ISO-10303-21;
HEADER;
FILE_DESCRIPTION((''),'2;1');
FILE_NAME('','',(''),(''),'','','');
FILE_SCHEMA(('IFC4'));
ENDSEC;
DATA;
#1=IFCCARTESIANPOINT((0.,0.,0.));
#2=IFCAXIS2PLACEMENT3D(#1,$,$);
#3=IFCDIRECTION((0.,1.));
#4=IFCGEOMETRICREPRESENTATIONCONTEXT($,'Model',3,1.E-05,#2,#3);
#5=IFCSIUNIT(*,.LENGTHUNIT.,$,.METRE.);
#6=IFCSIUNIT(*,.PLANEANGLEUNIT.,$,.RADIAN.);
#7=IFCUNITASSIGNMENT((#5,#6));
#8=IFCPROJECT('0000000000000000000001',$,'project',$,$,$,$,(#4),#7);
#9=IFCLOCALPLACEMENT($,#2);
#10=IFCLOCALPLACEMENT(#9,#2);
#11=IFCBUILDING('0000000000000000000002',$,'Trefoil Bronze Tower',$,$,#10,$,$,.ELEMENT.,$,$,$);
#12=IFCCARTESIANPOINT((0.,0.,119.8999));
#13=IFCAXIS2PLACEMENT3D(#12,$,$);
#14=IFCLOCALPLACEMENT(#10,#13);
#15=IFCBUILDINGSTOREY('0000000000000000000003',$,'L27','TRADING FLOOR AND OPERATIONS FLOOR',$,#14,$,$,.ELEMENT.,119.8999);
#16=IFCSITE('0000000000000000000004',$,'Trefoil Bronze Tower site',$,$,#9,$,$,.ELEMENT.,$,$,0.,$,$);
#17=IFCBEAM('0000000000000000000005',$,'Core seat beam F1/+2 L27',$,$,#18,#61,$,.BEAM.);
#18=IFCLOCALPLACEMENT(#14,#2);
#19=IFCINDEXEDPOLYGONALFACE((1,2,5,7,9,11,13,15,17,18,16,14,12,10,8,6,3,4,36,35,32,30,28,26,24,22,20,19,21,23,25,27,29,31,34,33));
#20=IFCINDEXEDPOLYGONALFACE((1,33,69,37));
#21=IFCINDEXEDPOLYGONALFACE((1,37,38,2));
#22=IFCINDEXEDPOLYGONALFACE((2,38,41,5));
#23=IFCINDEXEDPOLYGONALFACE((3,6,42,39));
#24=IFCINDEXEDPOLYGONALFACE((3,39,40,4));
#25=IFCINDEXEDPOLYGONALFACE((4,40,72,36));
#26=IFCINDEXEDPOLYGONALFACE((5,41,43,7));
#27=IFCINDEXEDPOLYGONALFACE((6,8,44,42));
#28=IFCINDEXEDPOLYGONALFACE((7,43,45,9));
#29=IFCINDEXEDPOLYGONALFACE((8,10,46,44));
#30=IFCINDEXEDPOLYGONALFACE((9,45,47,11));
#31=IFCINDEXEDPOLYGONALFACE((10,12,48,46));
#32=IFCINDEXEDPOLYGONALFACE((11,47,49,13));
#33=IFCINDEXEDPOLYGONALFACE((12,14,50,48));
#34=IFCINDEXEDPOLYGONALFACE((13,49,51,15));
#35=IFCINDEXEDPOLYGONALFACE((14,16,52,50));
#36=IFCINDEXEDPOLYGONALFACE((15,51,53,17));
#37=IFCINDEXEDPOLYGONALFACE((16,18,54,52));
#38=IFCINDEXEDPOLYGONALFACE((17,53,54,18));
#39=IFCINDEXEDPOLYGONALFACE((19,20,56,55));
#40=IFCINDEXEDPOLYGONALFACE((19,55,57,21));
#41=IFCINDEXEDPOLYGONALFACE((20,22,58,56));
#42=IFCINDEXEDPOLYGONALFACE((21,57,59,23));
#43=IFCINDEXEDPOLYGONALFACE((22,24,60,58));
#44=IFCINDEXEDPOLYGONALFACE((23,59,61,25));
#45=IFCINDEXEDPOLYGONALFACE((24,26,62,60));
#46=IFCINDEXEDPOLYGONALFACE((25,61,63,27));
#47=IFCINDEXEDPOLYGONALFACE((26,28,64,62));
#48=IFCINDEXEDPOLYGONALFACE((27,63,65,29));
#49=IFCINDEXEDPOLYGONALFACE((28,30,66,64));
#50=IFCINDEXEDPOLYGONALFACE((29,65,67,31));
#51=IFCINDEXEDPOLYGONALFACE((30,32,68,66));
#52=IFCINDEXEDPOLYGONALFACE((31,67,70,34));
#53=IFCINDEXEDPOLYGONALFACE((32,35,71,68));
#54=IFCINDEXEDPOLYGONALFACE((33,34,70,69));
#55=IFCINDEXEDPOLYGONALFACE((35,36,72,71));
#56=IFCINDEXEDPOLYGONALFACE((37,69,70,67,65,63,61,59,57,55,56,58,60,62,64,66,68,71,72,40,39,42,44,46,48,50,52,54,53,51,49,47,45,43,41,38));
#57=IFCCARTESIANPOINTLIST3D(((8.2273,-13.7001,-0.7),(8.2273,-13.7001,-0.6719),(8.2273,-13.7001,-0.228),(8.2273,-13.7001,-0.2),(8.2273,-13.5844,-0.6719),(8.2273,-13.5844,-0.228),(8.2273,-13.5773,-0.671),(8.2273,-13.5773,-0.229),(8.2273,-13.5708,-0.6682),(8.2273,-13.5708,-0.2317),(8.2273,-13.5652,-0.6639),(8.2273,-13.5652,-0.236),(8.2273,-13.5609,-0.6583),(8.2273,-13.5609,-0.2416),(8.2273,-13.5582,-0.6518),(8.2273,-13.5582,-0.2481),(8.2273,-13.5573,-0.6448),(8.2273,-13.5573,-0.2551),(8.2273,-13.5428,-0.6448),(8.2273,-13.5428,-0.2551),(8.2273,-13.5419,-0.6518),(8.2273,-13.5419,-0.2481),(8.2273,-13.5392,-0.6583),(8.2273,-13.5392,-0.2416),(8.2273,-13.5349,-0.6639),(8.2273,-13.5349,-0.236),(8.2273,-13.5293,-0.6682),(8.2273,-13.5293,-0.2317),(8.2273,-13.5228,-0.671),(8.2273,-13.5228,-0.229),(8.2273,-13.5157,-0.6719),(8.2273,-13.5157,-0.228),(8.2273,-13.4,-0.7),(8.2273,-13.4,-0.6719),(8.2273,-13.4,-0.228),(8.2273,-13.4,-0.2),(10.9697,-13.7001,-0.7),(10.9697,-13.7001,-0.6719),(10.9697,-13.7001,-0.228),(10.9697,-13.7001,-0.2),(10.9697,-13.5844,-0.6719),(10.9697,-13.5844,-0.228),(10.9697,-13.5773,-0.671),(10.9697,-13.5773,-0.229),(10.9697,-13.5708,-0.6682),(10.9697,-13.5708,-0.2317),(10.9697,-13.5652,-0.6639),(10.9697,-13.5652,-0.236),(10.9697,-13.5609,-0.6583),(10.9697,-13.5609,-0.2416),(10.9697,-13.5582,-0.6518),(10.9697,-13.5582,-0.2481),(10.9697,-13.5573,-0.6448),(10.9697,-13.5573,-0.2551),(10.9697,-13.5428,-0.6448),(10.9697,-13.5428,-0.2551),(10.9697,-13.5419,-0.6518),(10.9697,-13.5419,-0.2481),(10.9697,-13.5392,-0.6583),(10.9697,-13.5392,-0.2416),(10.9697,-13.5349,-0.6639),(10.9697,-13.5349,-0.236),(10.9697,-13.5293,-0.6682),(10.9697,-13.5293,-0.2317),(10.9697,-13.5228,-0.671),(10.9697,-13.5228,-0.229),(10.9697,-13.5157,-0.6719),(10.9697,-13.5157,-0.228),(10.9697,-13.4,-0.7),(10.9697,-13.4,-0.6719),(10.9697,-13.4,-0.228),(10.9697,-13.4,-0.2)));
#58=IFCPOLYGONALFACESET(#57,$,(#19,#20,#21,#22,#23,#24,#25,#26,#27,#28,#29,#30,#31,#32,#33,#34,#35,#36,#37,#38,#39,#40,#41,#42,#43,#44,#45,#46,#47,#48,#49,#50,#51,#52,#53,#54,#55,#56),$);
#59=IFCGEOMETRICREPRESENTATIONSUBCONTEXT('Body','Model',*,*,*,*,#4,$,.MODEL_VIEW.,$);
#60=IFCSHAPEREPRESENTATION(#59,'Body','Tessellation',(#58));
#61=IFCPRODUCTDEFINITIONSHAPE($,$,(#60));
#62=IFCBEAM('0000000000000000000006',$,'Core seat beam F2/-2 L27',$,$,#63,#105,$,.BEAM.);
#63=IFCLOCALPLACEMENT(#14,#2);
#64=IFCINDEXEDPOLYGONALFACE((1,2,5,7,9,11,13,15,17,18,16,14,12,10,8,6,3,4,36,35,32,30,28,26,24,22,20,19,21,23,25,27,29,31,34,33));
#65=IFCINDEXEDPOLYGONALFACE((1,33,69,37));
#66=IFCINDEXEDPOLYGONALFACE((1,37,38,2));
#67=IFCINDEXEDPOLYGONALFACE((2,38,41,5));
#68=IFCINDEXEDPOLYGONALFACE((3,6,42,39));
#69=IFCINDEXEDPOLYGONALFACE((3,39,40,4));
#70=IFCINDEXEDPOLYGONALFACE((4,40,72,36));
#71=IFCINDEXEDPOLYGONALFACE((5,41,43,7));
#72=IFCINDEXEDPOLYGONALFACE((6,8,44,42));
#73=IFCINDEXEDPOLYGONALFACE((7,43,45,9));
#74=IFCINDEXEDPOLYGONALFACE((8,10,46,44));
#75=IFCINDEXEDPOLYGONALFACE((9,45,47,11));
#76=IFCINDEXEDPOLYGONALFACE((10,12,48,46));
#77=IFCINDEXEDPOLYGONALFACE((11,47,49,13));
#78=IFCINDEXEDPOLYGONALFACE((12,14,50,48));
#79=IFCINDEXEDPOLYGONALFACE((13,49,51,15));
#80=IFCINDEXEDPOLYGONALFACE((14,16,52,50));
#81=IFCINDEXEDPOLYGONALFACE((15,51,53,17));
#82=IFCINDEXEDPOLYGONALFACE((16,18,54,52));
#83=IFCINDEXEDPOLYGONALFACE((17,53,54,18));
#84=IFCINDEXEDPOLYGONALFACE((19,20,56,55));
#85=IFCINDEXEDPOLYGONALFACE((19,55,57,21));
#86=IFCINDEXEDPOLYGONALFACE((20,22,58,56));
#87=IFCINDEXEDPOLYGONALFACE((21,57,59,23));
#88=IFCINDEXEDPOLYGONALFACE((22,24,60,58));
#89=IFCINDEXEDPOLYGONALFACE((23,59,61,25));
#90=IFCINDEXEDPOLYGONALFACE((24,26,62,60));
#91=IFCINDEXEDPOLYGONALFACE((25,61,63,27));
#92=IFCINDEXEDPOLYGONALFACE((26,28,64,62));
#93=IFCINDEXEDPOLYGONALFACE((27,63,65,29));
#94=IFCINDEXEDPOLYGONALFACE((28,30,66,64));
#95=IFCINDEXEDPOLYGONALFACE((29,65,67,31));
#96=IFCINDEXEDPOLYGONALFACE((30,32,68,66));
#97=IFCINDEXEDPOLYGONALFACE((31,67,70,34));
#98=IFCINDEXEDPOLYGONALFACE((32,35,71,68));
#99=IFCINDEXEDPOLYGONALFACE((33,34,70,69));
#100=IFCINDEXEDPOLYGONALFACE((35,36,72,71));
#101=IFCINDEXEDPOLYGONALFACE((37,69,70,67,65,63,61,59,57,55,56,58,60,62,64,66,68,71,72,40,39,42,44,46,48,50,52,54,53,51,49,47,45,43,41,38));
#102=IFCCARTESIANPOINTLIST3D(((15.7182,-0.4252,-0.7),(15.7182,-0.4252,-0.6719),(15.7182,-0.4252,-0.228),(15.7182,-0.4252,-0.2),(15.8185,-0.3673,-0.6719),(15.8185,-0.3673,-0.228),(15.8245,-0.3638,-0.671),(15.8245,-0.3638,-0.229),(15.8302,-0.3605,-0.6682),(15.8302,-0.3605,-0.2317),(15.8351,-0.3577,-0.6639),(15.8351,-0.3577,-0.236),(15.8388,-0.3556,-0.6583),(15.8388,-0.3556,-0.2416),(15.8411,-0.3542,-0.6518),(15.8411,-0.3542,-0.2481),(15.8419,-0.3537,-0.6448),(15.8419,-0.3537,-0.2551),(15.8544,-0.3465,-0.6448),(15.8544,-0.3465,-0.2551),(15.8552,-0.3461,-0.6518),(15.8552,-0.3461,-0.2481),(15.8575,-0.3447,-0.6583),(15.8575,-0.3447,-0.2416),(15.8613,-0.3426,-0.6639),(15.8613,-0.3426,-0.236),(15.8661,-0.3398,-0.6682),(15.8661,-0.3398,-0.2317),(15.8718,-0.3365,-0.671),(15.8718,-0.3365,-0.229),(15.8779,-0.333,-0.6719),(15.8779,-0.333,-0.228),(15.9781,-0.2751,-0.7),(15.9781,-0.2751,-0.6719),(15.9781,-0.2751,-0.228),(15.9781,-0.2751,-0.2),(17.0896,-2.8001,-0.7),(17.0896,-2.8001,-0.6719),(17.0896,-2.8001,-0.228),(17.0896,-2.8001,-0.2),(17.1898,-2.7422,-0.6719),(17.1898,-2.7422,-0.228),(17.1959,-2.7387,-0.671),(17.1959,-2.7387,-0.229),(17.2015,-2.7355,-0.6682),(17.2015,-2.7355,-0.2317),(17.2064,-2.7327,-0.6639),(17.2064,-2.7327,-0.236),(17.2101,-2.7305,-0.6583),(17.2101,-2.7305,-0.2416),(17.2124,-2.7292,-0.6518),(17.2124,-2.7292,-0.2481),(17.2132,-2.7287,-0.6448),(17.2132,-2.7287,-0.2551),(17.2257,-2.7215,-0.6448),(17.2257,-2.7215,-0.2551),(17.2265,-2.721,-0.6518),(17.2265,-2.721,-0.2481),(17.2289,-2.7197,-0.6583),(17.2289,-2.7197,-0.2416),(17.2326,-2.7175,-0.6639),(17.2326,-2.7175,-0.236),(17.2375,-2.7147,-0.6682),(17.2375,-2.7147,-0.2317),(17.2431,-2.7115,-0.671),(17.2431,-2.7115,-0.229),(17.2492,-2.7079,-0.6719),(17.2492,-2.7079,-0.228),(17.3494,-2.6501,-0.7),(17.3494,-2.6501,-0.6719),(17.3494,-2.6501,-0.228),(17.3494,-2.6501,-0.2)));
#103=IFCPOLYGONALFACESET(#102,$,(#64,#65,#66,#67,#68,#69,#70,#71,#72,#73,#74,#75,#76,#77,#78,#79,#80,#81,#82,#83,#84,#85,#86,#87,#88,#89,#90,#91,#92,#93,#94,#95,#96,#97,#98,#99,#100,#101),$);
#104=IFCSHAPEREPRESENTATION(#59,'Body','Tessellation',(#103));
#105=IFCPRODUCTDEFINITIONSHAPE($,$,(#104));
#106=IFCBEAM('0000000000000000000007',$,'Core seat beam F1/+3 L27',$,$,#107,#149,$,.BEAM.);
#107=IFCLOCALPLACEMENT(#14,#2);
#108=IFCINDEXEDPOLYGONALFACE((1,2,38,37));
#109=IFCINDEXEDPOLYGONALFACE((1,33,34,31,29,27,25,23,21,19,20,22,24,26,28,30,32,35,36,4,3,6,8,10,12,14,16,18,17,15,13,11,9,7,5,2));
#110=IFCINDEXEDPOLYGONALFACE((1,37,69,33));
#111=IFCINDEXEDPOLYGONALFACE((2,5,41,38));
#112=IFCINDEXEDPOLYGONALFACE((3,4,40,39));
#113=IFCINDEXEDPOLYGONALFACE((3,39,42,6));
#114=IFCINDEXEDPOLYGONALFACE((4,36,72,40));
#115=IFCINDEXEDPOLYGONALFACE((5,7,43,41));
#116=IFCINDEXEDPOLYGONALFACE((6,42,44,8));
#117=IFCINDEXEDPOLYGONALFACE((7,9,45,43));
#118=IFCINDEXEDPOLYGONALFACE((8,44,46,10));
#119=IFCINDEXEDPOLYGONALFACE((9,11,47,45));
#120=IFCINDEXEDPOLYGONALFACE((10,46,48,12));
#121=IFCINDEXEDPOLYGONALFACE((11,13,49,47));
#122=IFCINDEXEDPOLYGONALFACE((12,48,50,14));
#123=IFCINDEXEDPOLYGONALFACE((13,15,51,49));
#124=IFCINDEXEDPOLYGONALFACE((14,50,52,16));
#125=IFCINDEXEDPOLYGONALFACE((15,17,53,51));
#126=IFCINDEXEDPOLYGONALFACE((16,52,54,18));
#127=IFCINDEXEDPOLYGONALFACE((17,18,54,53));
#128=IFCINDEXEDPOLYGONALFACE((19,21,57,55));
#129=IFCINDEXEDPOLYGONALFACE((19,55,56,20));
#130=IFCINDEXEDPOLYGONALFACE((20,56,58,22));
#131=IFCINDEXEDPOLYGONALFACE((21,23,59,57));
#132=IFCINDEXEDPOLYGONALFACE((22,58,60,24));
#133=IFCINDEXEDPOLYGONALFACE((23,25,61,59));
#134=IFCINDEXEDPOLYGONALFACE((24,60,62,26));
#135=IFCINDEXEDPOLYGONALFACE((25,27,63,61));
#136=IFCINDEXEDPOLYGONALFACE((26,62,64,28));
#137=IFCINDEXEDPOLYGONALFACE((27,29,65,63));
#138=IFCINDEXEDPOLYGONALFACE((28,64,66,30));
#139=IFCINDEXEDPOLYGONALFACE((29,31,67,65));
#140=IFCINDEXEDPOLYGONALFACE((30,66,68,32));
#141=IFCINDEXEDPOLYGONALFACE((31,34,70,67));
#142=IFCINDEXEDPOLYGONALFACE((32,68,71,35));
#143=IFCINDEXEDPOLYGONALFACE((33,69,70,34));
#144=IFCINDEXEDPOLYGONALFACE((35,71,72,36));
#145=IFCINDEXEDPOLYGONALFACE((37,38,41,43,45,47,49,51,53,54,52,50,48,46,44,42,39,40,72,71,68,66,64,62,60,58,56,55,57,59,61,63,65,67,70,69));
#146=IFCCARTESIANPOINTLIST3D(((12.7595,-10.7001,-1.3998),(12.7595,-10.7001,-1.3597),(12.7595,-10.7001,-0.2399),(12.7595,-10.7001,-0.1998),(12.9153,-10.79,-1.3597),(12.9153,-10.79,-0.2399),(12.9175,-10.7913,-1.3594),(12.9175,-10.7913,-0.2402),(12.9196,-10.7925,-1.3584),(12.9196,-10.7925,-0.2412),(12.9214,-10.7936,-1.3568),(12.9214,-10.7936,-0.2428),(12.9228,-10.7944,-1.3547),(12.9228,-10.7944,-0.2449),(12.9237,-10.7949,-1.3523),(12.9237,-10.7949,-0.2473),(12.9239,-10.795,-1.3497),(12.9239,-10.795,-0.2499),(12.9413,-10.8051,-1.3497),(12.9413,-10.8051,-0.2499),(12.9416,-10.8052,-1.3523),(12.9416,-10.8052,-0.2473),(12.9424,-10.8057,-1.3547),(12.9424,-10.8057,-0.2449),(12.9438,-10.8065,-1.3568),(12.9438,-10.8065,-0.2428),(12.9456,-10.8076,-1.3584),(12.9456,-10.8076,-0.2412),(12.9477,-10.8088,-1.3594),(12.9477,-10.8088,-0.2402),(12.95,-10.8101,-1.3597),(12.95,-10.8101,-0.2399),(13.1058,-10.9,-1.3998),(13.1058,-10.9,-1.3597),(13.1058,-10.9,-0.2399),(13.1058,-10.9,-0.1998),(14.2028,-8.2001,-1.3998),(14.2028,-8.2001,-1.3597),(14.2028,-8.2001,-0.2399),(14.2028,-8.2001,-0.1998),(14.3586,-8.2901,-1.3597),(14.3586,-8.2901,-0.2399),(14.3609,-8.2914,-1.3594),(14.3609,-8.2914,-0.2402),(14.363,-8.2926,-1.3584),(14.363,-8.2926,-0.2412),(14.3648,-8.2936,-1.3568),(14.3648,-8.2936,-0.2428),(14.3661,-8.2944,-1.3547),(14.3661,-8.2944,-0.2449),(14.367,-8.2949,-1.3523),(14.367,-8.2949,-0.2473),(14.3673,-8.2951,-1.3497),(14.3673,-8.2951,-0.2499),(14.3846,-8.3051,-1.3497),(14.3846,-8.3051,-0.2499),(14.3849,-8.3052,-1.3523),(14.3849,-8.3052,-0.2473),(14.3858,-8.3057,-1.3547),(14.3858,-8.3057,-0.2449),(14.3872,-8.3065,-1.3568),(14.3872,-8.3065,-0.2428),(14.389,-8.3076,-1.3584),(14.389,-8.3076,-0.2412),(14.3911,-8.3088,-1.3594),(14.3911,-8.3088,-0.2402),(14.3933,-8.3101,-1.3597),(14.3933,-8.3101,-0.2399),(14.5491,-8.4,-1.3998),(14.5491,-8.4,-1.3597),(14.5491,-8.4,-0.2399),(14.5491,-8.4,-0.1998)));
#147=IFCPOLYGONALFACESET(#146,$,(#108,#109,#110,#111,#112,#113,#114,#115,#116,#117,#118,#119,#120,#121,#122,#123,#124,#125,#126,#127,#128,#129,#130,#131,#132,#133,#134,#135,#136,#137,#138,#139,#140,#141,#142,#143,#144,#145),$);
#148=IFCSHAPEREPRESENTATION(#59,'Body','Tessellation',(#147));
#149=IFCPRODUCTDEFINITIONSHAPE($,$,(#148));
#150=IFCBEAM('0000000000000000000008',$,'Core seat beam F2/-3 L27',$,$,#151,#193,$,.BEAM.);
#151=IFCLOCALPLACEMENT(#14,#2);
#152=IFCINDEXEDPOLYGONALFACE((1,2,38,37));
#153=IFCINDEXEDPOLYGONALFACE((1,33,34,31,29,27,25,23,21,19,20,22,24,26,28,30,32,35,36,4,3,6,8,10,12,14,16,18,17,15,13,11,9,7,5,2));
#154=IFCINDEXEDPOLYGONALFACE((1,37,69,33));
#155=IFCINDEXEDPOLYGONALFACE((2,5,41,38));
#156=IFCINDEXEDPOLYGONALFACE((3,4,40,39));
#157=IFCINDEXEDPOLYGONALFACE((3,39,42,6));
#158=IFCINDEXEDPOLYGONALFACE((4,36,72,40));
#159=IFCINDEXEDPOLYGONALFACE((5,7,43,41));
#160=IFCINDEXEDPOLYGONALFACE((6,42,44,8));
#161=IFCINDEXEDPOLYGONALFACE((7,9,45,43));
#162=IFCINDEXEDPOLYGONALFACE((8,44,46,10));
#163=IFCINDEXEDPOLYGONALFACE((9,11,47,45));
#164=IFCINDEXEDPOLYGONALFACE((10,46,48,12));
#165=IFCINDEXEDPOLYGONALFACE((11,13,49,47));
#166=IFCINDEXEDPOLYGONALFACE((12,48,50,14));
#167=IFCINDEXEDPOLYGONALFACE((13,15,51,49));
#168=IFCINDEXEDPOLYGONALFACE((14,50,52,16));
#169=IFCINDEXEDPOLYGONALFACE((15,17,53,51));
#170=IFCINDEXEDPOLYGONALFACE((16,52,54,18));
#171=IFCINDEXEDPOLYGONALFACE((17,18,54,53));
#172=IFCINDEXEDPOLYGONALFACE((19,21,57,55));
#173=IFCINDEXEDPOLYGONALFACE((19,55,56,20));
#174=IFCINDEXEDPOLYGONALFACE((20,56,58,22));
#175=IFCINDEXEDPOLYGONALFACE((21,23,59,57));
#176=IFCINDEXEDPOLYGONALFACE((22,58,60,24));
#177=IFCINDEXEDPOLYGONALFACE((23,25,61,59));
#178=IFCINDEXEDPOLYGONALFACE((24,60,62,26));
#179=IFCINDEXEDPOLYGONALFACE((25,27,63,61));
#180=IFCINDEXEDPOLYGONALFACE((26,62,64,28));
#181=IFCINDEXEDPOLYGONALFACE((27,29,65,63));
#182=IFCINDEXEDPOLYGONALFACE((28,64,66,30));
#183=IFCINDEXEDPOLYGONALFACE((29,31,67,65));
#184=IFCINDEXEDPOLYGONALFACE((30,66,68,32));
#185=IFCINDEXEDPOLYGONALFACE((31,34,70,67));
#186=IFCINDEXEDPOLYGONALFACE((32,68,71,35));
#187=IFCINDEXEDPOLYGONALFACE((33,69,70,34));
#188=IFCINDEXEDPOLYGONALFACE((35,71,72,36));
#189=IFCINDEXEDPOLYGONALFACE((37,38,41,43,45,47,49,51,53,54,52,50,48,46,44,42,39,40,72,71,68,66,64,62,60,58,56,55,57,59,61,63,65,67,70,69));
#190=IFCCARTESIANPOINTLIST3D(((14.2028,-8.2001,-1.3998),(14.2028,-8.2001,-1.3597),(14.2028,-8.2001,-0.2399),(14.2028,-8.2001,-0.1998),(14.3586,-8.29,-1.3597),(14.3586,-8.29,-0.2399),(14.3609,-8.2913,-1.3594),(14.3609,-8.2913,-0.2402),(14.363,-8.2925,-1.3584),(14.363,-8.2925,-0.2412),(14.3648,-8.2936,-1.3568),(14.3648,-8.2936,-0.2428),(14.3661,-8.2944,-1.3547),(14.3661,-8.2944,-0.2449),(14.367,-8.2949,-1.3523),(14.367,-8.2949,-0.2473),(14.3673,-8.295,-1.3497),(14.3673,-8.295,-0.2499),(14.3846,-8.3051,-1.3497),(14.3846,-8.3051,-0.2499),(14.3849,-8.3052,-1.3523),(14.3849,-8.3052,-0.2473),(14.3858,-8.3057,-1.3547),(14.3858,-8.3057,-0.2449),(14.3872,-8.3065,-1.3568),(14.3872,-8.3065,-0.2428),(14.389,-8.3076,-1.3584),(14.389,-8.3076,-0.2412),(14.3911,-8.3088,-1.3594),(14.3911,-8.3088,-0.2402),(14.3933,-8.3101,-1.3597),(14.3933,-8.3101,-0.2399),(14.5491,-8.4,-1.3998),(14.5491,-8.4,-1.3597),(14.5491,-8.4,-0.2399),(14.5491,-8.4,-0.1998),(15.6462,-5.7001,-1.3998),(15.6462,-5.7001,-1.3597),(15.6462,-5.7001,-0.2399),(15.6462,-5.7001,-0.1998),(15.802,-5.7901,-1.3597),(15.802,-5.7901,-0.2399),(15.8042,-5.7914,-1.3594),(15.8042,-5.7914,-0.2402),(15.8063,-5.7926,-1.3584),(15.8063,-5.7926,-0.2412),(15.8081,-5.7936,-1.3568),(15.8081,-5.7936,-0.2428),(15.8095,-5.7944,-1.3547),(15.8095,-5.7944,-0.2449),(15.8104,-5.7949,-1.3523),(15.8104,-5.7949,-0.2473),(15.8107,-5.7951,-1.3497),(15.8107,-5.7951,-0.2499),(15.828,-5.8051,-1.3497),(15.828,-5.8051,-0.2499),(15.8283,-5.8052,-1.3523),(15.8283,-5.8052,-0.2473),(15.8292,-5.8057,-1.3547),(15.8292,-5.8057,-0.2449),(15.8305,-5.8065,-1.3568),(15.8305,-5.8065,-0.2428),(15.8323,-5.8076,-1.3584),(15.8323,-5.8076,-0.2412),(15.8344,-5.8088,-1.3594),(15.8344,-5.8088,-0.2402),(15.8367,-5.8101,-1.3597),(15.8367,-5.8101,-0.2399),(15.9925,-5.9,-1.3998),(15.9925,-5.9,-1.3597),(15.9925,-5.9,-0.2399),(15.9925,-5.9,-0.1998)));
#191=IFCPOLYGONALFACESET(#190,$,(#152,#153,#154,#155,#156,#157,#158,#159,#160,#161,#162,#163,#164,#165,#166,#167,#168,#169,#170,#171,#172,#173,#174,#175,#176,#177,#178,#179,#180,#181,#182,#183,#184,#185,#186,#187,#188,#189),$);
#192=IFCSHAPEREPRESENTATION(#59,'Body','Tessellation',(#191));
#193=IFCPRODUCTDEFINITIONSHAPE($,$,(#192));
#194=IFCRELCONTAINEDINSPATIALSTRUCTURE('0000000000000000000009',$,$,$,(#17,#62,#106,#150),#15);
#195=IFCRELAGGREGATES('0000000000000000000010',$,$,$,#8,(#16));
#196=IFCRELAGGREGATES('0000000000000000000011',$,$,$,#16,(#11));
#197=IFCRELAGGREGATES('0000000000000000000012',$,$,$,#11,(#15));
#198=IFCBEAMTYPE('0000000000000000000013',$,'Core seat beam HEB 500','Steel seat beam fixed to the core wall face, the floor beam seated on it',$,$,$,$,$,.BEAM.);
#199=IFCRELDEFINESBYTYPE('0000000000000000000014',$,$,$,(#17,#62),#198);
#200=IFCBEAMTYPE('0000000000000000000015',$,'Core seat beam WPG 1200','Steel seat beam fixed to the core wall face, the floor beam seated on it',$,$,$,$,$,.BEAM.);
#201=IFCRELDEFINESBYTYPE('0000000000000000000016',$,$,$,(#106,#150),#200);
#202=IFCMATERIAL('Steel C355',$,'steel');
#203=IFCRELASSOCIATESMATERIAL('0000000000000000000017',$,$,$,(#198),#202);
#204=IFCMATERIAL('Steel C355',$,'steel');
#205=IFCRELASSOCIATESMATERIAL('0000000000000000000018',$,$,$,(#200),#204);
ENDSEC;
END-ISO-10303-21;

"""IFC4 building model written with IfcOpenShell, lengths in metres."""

from ifc_helpers import new_model, si_unit, direction, frame, origin, origin_2d, place, context, subcontext, project, spatial, i_section, extrude, material, material_profile, profile_set, type_object, element, save


model = new_model("IFC4")

# Units and contexts
model_context = context("Model", 3, precision=1e-05, world=origin(), true_north=direction((0.0, 1.0)))
body_context = subcontext(model_context, "Body", "Model", "MODEL_VIEW")
ifc_project = project(units=[si_unit("LENGTHUNIT", "METRE"), si_unit("PLANEANGLEUNIT", "RADIAN")], contexts=[model_context])

# Site, building, storey
site_placement = place(None, origin())
site = spatial("IfcSite", under=ifc_project, at=site_placement, Name="Trefoil Bronze Tower site", CompositionType="ELEMENT", RefElevation=0.0)
building_placement = place(site_placement, origin())
building = spatial("IfcBuilding", under=site, at=building_placement, Name="Trefoil Bronze Tower", CompositionType="ELEMENT")
storey_placement = place(building_placement, frame((0.0, 0.0, 119.8999)))
storey = spatial("IfcBuildingStorey", under=building, at=storey_placement, Name="L27", Description="TRADING FLOOR AND OPERATIONS FLOOR", CompositionType="ELEMENT", Elevation=119.8999)

# Beams
ifc_material_1 = material(Name="Steel C355", Category="steel")
ifc_material_profile_1 = material_profile(ifc_material_1, i_section(OverallWidth=0.3, OverallDepth=0.5, WebThickness=0.0144, FlangeThickness=0.0281, FilletRadius=0.0271, at=origin_2d()), Name="HEB 500")
ifc_profile_set_1 = profile_set([ifc_material_profile_1], Name="Steel C355")
beam_type_1 = type_object("IfcBeamType", Name="Core seat beam HEB 500", Description="Steel seat beam fixed to the core wall face, the floor beam seated on it", PredefinedType="BEAM", material=ifc_profile_set_1)
for number, where, z_axis, x_axis, name in (
    (1, (8.2273, -13.55, -0.45), (1.0, 0.0, 0.0), (0.0, 1.0, 0.0), "Core seat beam F1/+2 L27"),
    (2, (17.2195, -2.7251, -0.45), (-0.500036, 0.866005, 0.0), (-0.866005, -0.500036, 0.0), "Core seat beam F2/-2 L27"),
):
    element("IfcBeam", number, at=place(storey_placement, frame(where, z_axis=z_axis, x_axis=x_axis)), inside=storey, type_object=beam_type_1, Name=name, PredefinedType="BEAM", context=body_context, shape_type="SweptSolid", body=[
        extrude(i_section(OverallWidth=0.3, OverallDepth=0.5, WebThickness=0.0144, FlangeThickness=0.0281, FilletRadius=0.0271, at=origin_2d()), origin(), (0.0, 0.0, 1.0), 2.7424),
    ])
ifc_material_2 = material(Name="Steel C355", Category="steel")
ifc_material_profile_2 = material_profile(ifc_material_2, i_section(OverallWidth=0.3999, OverallDepth=1.2, WebThickness=0.02, FlangeThickness=0.04, FilletRadius=0.01, at=origin_2d()), Name="WPG 1200")
ifc_profile_set_2 = profile_set([ifc_material_profile_2], Name="Steel C355")
beam_type_2 = type_object("IfcBeamType", Name="Core seat beam WPG 1200", Description="Steel seat beam fixed to the core wall face, the floor beam seated on it", PredefinedType="BEAM", material=ifc_profile_set_2)
for number, where, z_axis, x_axis, name in (
    (3, (12.9326, -10.8, -0.7998), (0.499996, 0.866028, 0.0), (-0.866028, 0.499996, 0.0), "Core seat beam F1/+3 L27"),
    (4, (14.376, -8.3, -0.7998), (0.499996, 0.866028, 0.0), (-0.866028, 0.499996, 0.0), "Core seat beam F2/-3 L27"),
):
    element("IfcBeam", number, at=place(storey_placement, frame(where, z_axis=z_axis, x_axis=x_axis)), inside=storey, type_object=beam_type_2, Name=name, PredefinedType="BEAM", context=body_context, shape_type="SweptSolid", body=[
        extrude(i_section(OverallWidth=0.3999, OverallDepth=1.2, WebThickness=0.02, FlangeThickness=0.04, FilletRadius=0.01, at=origin_2d()), origin(), (0.0, 0.0, 1.0), 2.8867),
    ])

save(model, "model.ifc")
